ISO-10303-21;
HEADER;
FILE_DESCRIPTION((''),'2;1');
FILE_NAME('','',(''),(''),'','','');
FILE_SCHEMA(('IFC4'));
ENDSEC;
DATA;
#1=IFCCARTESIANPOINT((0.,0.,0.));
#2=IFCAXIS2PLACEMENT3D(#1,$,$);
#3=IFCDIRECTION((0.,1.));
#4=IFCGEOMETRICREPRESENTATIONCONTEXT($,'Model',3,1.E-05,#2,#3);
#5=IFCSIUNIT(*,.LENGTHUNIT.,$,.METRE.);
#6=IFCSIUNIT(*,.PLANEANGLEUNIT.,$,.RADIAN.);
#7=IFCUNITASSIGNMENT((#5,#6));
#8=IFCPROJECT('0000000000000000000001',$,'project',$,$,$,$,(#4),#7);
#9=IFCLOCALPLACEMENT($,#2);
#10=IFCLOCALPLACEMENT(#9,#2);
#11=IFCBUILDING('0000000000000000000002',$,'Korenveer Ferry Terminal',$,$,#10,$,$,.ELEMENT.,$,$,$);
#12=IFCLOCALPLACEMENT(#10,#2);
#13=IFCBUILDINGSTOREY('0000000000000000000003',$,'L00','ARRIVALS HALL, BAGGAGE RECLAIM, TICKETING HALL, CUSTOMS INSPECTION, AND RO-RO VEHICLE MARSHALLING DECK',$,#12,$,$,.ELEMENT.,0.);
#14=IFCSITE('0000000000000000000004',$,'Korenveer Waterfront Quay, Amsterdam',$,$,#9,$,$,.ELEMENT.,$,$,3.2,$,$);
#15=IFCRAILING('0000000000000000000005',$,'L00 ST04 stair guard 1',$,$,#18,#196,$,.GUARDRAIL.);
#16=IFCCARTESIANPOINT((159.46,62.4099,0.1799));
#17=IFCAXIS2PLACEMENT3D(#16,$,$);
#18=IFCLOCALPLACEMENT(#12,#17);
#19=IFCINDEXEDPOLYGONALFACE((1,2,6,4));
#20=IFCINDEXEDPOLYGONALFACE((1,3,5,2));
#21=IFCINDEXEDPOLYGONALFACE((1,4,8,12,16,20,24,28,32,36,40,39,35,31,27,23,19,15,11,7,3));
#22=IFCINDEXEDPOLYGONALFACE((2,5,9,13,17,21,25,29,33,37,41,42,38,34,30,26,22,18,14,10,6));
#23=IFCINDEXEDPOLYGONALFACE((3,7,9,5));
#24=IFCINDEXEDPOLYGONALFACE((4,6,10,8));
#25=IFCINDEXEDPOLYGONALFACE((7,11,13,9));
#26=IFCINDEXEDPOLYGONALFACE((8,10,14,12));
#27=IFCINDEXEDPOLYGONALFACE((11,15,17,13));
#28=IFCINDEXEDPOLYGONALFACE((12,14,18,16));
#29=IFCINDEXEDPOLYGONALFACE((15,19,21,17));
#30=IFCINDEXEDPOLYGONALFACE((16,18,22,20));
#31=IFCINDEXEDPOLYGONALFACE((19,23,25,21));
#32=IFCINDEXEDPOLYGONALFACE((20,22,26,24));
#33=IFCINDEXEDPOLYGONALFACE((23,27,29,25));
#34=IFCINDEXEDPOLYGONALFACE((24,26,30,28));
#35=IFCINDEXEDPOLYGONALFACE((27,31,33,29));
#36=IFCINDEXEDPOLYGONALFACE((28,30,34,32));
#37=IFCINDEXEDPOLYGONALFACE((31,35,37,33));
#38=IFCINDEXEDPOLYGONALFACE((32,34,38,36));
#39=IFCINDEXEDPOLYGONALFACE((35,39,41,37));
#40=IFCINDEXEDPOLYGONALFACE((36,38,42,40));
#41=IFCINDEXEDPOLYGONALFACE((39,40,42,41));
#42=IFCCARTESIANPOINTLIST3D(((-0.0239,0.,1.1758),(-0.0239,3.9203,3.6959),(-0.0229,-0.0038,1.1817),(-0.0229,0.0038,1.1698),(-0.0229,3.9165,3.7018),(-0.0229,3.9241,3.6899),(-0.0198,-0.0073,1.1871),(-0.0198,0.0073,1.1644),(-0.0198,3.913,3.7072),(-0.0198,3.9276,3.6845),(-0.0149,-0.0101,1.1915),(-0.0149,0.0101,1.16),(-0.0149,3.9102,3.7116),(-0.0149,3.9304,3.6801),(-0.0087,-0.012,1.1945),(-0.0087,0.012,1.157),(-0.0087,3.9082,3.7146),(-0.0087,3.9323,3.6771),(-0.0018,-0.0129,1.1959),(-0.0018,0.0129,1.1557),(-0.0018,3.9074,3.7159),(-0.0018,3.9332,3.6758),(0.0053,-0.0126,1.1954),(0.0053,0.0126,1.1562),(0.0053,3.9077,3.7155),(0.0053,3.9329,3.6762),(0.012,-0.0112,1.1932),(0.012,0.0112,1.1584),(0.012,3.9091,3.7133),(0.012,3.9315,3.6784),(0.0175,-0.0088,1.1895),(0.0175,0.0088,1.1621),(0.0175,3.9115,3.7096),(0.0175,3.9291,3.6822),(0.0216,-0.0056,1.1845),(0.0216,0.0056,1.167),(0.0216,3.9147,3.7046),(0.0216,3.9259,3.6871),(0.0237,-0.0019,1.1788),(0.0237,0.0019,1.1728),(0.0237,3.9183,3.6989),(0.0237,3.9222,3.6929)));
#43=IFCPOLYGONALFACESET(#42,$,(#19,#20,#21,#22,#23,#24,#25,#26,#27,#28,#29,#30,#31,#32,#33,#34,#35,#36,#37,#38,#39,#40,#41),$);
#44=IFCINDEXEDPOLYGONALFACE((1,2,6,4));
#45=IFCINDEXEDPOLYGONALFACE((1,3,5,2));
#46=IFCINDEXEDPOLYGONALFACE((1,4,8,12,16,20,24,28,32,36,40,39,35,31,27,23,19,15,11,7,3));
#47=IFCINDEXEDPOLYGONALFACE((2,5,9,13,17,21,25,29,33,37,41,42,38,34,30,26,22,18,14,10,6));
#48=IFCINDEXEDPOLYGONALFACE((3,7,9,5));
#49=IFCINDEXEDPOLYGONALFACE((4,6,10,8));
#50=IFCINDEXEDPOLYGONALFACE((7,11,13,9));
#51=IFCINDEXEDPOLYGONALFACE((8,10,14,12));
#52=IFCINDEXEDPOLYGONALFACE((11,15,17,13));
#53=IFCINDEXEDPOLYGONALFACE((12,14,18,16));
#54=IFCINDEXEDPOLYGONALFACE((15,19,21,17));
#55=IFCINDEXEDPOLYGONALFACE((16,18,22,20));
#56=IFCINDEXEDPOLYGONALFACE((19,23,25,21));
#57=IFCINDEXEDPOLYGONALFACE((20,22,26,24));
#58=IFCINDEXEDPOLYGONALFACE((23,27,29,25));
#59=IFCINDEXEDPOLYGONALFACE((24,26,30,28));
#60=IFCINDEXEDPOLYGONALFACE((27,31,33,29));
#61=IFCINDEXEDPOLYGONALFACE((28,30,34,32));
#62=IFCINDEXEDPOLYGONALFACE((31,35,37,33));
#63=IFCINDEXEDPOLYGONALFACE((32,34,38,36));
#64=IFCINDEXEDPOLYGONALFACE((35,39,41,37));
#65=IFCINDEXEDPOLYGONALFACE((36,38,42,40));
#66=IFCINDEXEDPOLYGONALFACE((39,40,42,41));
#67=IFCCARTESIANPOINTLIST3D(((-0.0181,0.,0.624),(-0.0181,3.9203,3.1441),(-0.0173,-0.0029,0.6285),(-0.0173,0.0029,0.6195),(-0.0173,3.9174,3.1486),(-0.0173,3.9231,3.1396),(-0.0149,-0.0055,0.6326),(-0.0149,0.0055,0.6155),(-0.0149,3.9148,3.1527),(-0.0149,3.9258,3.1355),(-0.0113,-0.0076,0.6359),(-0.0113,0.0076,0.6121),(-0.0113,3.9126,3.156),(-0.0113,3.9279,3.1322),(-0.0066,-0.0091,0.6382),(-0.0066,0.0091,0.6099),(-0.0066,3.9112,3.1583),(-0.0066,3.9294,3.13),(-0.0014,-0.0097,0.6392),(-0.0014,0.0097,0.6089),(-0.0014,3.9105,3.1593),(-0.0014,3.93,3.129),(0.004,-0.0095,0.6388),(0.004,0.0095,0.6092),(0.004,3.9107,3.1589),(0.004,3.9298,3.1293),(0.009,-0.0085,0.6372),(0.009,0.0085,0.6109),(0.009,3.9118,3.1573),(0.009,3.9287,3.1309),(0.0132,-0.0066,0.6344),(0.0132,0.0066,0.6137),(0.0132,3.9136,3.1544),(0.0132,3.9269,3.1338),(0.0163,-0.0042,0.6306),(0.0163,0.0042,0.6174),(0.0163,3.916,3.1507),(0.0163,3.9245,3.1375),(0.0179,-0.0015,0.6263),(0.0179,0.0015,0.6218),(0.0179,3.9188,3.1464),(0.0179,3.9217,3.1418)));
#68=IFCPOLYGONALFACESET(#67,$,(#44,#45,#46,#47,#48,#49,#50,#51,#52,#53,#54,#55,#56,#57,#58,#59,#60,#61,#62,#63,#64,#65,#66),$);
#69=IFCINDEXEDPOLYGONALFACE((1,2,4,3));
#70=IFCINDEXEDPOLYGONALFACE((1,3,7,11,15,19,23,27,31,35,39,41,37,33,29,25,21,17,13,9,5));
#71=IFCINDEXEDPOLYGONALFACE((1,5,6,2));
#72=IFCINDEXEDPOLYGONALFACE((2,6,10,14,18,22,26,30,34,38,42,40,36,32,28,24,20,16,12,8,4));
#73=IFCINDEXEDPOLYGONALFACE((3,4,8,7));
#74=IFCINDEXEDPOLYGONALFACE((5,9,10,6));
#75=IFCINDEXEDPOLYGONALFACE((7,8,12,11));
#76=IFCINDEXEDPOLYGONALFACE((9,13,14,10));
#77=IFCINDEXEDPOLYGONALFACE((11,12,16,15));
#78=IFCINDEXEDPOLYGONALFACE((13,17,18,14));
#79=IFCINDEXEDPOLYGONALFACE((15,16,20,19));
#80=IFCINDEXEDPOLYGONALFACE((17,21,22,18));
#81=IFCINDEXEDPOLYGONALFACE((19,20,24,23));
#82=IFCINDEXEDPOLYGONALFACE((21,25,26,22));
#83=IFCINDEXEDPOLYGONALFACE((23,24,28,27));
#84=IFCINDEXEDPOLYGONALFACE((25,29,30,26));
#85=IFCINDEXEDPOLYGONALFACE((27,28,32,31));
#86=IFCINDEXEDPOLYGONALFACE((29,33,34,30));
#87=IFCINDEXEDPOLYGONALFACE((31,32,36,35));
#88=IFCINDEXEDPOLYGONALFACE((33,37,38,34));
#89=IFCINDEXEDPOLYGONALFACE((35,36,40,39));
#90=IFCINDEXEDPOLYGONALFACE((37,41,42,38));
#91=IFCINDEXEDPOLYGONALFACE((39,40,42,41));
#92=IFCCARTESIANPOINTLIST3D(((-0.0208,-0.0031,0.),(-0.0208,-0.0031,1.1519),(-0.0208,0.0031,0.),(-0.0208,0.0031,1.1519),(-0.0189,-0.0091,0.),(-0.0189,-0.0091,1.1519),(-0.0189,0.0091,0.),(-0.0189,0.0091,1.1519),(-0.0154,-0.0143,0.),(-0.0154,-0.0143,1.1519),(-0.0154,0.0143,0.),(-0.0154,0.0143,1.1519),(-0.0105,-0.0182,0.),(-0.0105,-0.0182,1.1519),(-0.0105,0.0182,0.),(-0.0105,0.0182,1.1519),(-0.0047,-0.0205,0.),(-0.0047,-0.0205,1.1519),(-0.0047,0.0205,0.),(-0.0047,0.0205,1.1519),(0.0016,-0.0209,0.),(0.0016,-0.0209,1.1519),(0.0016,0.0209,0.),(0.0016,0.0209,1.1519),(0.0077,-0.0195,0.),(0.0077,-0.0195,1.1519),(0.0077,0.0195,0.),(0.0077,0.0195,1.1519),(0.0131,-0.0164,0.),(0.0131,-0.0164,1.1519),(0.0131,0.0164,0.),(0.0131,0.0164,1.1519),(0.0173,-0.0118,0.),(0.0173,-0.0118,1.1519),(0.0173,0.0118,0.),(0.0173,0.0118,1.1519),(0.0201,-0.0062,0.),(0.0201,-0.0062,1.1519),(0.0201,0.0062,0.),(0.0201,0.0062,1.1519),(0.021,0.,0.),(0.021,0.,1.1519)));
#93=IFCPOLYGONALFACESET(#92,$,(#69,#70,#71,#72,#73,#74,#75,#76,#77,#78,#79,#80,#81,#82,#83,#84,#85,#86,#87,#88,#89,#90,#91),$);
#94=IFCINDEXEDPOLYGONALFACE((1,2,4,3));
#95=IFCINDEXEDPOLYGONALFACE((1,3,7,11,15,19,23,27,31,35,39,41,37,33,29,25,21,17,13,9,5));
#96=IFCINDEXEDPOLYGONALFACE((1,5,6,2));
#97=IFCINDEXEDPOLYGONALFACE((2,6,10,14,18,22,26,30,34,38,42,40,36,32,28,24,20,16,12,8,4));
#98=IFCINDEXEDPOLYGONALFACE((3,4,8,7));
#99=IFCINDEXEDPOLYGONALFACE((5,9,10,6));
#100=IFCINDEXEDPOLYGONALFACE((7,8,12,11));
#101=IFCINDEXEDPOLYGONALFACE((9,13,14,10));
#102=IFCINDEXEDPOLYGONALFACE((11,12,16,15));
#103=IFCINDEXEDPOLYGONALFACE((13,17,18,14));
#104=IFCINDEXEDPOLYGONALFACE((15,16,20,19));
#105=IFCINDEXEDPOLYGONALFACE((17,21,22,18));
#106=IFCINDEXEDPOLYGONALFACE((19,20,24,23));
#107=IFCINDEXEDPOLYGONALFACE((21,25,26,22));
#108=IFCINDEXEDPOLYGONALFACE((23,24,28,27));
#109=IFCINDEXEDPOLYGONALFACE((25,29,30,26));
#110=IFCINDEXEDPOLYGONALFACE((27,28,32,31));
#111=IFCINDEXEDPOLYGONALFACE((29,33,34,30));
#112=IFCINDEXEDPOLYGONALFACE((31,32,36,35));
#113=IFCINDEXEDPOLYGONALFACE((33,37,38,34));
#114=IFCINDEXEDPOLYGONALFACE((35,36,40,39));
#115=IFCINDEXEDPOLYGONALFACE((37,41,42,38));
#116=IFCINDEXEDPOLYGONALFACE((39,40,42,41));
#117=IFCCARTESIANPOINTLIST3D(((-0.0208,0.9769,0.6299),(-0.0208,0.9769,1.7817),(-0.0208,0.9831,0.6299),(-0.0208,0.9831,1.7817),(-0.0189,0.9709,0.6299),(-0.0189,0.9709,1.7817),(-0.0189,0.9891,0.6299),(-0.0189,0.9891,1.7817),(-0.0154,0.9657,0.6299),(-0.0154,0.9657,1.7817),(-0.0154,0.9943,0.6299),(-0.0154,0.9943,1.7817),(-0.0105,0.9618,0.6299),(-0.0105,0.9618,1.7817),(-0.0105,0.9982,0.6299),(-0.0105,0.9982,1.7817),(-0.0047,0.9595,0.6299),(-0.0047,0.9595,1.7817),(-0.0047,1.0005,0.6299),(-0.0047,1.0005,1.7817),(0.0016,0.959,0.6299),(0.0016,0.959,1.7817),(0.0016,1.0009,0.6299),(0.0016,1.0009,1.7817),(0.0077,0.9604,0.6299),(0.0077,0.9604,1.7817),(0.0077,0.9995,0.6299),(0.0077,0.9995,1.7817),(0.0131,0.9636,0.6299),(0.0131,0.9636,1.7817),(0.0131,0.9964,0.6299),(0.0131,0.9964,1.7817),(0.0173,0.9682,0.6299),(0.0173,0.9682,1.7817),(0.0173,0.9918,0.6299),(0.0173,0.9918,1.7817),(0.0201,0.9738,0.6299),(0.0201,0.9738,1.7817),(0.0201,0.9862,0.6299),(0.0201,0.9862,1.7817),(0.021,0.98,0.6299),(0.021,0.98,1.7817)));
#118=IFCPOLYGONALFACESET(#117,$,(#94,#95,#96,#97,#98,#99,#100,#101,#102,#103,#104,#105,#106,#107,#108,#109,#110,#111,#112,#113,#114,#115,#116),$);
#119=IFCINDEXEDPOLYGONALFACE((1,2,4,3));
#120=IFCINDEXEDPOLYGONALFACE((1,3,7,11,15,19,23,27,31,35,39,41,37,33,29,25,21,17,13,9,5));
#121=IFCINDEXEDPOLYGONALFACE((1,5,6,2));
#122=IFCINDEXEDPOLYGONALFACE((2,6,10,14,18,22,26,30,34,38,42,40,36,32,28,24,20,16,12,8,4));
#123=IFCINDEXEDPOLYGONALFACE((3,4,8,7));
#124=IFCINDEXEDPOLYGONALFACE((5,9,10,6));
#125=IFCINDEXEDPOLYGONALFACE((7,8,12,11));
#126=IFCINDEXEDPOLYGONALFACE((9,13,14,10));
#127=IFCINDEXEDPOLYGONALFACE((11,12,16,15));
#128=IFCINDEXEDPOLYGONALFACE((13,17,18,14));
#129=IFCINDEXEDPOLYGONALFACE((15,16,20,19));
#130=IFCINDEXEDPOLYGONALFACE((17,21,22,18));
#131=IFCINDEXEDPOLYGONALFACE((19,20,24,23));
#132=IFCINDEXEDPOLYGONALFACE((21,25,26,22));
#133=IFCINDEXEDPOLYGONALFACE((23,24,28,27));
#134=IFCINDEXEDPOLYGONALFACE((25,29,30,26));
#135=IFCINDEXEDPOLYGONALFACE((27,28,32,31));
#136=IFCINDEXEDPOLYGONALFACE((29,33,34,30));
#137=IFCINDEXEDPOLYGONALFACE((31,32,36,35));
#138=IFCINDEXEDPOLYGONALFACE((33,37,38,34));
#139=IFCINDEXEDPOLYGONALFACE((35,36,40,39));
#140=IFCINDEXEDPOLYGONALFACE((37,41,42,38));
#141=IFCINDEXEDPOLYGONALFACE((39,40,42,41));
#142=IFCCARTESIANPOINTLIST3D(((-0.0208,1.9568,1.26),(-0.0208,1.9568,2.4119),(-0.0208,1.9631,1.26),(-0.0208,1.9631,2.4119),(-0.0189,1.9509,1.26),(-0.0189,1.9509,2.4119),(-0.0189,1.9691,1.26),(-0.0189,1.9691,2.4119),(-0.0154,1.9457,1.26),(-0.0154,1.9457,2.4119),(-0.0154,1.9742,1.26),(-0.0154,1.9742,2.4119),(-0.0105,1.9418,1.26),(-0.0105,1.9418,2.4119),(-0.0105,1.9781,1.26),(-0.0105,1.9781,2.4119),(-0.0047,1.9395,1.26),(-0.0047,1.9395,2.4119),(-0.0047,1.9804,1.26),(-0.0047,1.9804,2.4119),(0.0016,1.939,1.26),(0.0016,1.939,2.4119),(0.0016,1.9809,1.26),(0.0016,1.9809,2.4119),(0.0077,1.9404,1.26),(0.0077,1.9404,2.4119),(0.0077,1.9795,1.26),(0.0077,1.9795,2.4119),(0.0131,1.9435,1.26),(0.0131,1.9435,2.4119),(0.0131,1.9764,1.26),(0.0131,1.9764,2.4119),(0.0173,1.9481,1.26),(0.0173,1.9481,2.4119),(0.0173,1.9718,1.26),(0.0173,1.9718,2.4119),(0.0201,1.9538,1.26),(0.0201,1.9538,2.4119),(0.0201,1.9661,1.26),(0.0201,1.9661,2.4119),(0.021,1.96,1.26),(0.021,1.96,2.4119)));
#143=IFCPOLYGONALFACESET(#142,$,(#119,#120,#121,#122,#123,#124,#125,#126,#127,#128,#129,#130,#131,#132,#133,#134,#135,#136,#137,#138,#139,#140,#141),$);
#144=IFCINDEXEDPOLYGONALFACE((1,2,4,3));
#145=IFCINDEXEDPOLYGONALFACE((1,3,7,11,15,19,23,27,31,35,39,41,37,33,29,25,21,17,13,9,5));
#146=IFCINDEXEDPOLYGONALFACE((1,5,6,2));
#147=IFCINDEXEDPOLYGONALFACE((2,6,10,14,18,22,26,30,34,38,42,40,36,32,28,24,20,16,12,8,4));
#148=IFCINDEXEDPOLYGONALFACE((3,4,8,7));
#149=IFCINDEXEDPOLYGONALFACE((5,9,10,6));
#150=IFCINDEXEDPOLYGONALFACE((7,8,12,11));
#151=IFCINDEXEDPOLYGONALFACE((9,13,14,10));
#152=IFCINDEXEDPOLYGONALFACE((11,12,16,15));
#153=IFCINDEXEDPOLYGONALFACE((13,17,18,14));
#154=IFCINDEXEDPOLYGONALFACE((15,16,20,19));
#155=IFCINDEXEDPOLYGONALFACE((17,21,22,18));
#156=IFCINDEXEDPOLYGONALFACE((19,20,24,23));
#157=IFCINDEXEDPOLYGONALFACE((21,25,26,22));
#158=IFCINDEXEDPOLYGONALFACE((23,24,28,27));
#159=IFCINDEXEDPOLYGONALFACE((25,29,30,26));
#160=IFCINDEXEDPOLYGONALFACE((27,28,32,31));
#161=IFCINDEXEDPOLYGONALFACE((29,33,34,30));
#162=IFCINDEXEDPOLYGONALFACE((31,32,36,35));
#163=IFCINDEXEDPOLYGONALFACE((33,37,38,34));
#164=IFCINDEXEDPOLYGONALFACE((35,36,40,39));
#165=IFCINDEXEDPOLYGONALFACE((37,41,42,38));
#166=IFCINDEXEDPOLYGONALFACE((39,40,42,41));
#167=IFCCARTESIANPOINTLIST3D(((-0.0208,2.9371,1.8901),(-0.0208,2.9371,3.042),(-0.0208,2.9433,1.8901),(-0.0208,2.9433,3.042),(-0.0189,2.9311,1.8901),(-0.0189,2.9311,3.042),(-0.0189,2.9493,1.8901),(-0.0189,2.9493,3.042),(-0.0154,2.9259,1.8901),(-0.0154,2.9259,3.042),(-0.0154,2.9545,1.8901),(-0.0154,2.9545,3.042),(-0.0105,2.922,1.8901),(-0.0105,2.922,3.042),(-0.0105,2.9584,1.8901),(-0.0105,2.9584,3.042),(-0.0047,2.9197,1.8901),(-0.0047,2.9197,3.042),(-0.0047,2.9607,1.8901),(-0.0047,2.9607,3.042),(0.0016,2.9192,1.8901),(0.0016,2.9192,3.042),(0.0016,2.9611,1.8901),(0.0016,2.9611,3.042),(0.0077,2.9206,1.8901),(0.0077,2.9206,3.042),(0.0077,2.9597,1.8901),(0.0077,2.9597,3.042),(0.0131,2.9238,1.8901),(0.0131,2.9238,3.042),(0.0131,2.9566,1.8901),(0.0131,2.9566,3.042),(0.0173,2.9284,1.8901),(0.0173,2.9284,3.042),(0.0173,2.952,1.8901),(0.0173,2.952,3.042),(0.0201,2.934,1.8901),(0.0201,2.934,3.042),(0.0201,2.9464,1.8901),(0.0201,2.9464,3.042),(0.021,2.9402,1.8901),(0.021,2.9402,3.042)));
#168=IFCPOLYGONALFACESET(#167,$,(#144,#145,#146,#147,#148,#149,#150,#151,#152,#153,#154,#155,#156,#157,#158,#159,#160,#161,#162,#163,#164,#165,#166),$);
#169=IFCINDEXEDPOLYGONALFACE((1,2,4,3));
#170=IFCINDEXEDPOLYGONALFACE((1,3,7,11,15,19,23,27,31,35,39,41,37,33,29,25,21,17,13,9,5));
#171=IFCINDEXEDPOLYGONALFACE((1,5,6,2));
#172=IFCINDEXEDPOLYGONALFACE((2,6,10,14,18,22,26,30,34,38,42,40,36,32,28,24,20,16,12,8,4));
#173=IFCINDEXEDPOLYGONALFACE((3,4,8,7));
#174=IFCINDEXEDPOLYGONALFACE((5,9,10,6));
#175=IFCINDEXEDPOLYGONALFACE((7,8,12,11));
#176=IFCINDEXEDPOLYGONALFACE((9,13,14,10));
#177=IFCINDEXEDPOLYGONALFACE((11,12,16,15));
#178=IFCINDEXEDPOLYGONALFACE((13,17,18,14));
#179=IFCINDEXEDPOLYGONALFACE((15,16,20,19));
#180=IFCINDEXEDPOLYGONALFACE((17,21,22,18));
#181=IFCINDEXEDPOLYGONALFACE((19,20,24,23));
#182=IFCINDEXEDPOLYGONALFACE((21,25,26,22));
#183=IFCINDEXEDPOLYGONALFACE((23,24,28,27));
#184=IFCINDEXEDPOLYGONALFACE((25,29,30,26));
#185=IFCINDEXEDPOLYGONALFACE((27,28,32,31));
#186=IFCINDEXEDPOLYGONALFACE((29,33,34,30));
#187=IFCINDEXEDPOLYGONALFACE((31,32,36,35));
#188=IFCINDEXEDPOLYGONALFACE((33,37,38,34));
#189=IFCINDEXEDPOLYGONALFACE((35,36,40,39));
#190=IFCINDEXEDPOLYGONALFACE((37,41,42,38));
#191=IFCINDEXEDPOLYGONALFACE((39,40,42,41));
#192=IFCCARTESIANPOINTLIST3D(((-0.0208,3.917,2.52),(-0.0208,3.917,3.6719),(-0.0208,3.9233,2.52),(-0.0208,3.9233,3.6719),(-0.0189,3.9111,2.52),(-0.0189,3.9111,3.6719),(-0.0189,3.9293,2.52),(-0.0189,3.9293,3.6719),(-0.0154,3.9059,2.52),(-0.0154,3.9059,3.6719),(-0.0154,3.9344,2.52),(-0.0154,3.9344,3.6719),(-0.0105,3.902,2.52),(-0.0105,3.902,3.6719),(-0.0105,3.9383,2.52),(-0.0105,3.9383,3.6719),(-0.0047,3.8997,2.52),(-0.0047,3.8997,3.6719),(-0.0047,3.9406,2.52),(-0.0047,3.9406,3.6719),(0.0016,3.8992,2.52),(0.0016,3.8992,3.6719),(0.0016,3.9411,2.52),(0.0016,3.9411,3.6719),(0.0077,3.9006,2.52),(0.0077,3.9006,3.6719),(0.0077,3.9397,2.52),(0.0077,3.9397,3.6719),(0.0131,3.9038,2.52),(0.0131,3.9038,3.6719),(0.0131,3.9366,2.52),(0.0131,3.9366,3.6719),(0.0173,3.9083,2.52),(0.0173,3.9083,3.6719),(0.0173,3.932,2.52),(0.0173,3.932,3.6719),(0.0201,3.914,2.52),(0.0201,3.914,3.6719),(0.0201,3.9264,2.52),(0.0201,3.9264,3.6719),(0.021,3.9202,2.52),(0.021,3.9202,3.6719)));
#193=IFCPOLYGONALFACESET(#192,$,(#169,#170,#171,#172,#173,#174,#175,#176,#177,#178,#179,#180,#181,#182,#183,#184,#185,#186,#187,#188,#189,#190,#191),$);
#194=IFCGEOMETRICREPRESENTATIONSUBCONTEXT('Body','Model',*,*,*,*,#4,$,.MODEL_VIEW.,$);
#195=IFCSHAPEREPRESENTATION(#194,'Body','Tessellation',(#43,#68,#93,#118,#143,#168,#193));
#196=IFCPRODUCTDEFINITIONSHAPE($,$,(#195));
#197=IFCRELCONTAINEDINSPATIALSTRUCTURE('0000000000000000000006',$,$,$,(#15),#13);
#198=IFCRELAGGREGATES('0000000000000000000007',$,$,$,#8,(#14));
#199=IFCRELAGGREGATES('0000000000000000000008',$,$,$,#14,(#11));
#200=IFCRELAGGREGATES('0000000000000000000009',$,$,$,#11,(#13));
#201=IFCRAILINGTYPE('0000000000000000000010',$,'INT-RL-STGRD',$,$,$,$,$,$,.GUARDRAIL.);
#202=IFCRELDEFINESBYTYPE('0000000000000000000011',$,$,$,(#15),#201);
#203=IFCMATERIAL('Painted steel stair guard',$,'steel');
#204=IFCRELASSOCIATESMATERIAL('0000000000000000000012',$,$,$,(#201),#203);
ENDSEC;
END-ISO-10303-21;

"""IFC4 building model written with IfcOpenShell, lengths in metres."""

from ifc_helpers import new_model, si_unit, direction, frame, origin, origin_2d, place, context, subcontext, project, spatial, circle, extrude, material, type_object, element, save


model = new_model("IFC4")

# Units and contexts
model_context = context("Model", 3, precision=1e-05, world=origin(), true_north=direction((0.0, 1.0)))
body_context = subcontext(model_context, "Body", "Model", "MODEL_VIEW")
ifc_project = project(units=[si_unit("LENGTHUNIT", "METRE"), si_unit("PLANEANGLEUNIT", "RADIAN")], contexts=[model_context])

# Site, building, storey
site_placement = place(None, origin())
site = spatial("IfcSite", under=ifc_project, at=site_placement, Name="Korenveer Waterfront Quay, Amsterdam", CompositionType="ELEMENT", RefElevation=3.2)
building_placement = place(site_placement, origin())
building = spatial("IfcBuilding", under=site, at=building_placement, Name="Korenveer Ferry Terminal", CompositionType="ELEMENT")
storey_placement = place(building_placement, origin())
storey = spatial("IfcBuildingStorey", under=building, at=storey_placement, Name="L00", Description="ARRIVALS HALL, BAGGAGE RECLAIM, TICKETING HALL, CUSTOMS INSPECTION, AND RO-RO VEHICLE MARSHALLING DECK", CompositionType="ELEMENT", Elevation=0.0)

# Railing
ifc_material_1 = material(Name="Painted steel stair guard", Category="steel")
railing_type_1 = type_object("IfcRailingType", Name="INT-RL-STGRD", PredefinedType="GUARDRAIL", material=ifc_material_1)
railing_1_placement = place(storey_placement, frame((159.46, 62.4099, 0.1799)))
element("IfcRailing", 1, at=railing_1_placement, inside=storey, type_object=railing_type_1, Name="L00 ST04 stair guard 1", PredefinedType="GUARDRAIL", context=body_context, shape_type="SweptSolid", body=[
    extrude(circle(Radius=0.0239, at=origin_2d()), frame((0.0, 0.0, 1.1758), z_axis=(0.0, 0.841187, 0.540744), x_axis=(-1.0, 0.0, 0.0)), (0.0, 0.0, 1.0), 4.6604),
    extrude(circle(Radius=0.0181, at=origin_2d()), frame((0.0, 0.0, 0.624), z_axis=(0.0, 0.841187, 0.540744), x_axis=(-1.0, 0.0, 0.0)), (0.0, 0.0, 1.0), 4.6604),
    extrude(circle(Radius=0.021, at=origin_2d()), origin(), (0.0, 0.0, 1.0), 1.1519),
    extrude(circle(Radius=0.021, at=origin_2d()), frame((0.0, 0.98, 0.6299)), (0.0, 0.0, 1.0), 1.1519),
    extrude(circle(Radius=0.021, at=origin_2d()), frame((0.0, 1.96, 1.26)), (0.0, 0.0, 1.0), 1.1519),
    extrude(circle(Radius=0.021, at=origin_2d()), frame((0.0, 2.9402, 1.8901)), (0.0, 0.0, 1.0), 1.1519),
    extrude(circle(Radius=0.021, at=origin_2d()), frame((0.0, 3.9202, 2.52)), (0.0, 0.0, 1.0), 1.1519),
])

save(model, "model.ifc")
